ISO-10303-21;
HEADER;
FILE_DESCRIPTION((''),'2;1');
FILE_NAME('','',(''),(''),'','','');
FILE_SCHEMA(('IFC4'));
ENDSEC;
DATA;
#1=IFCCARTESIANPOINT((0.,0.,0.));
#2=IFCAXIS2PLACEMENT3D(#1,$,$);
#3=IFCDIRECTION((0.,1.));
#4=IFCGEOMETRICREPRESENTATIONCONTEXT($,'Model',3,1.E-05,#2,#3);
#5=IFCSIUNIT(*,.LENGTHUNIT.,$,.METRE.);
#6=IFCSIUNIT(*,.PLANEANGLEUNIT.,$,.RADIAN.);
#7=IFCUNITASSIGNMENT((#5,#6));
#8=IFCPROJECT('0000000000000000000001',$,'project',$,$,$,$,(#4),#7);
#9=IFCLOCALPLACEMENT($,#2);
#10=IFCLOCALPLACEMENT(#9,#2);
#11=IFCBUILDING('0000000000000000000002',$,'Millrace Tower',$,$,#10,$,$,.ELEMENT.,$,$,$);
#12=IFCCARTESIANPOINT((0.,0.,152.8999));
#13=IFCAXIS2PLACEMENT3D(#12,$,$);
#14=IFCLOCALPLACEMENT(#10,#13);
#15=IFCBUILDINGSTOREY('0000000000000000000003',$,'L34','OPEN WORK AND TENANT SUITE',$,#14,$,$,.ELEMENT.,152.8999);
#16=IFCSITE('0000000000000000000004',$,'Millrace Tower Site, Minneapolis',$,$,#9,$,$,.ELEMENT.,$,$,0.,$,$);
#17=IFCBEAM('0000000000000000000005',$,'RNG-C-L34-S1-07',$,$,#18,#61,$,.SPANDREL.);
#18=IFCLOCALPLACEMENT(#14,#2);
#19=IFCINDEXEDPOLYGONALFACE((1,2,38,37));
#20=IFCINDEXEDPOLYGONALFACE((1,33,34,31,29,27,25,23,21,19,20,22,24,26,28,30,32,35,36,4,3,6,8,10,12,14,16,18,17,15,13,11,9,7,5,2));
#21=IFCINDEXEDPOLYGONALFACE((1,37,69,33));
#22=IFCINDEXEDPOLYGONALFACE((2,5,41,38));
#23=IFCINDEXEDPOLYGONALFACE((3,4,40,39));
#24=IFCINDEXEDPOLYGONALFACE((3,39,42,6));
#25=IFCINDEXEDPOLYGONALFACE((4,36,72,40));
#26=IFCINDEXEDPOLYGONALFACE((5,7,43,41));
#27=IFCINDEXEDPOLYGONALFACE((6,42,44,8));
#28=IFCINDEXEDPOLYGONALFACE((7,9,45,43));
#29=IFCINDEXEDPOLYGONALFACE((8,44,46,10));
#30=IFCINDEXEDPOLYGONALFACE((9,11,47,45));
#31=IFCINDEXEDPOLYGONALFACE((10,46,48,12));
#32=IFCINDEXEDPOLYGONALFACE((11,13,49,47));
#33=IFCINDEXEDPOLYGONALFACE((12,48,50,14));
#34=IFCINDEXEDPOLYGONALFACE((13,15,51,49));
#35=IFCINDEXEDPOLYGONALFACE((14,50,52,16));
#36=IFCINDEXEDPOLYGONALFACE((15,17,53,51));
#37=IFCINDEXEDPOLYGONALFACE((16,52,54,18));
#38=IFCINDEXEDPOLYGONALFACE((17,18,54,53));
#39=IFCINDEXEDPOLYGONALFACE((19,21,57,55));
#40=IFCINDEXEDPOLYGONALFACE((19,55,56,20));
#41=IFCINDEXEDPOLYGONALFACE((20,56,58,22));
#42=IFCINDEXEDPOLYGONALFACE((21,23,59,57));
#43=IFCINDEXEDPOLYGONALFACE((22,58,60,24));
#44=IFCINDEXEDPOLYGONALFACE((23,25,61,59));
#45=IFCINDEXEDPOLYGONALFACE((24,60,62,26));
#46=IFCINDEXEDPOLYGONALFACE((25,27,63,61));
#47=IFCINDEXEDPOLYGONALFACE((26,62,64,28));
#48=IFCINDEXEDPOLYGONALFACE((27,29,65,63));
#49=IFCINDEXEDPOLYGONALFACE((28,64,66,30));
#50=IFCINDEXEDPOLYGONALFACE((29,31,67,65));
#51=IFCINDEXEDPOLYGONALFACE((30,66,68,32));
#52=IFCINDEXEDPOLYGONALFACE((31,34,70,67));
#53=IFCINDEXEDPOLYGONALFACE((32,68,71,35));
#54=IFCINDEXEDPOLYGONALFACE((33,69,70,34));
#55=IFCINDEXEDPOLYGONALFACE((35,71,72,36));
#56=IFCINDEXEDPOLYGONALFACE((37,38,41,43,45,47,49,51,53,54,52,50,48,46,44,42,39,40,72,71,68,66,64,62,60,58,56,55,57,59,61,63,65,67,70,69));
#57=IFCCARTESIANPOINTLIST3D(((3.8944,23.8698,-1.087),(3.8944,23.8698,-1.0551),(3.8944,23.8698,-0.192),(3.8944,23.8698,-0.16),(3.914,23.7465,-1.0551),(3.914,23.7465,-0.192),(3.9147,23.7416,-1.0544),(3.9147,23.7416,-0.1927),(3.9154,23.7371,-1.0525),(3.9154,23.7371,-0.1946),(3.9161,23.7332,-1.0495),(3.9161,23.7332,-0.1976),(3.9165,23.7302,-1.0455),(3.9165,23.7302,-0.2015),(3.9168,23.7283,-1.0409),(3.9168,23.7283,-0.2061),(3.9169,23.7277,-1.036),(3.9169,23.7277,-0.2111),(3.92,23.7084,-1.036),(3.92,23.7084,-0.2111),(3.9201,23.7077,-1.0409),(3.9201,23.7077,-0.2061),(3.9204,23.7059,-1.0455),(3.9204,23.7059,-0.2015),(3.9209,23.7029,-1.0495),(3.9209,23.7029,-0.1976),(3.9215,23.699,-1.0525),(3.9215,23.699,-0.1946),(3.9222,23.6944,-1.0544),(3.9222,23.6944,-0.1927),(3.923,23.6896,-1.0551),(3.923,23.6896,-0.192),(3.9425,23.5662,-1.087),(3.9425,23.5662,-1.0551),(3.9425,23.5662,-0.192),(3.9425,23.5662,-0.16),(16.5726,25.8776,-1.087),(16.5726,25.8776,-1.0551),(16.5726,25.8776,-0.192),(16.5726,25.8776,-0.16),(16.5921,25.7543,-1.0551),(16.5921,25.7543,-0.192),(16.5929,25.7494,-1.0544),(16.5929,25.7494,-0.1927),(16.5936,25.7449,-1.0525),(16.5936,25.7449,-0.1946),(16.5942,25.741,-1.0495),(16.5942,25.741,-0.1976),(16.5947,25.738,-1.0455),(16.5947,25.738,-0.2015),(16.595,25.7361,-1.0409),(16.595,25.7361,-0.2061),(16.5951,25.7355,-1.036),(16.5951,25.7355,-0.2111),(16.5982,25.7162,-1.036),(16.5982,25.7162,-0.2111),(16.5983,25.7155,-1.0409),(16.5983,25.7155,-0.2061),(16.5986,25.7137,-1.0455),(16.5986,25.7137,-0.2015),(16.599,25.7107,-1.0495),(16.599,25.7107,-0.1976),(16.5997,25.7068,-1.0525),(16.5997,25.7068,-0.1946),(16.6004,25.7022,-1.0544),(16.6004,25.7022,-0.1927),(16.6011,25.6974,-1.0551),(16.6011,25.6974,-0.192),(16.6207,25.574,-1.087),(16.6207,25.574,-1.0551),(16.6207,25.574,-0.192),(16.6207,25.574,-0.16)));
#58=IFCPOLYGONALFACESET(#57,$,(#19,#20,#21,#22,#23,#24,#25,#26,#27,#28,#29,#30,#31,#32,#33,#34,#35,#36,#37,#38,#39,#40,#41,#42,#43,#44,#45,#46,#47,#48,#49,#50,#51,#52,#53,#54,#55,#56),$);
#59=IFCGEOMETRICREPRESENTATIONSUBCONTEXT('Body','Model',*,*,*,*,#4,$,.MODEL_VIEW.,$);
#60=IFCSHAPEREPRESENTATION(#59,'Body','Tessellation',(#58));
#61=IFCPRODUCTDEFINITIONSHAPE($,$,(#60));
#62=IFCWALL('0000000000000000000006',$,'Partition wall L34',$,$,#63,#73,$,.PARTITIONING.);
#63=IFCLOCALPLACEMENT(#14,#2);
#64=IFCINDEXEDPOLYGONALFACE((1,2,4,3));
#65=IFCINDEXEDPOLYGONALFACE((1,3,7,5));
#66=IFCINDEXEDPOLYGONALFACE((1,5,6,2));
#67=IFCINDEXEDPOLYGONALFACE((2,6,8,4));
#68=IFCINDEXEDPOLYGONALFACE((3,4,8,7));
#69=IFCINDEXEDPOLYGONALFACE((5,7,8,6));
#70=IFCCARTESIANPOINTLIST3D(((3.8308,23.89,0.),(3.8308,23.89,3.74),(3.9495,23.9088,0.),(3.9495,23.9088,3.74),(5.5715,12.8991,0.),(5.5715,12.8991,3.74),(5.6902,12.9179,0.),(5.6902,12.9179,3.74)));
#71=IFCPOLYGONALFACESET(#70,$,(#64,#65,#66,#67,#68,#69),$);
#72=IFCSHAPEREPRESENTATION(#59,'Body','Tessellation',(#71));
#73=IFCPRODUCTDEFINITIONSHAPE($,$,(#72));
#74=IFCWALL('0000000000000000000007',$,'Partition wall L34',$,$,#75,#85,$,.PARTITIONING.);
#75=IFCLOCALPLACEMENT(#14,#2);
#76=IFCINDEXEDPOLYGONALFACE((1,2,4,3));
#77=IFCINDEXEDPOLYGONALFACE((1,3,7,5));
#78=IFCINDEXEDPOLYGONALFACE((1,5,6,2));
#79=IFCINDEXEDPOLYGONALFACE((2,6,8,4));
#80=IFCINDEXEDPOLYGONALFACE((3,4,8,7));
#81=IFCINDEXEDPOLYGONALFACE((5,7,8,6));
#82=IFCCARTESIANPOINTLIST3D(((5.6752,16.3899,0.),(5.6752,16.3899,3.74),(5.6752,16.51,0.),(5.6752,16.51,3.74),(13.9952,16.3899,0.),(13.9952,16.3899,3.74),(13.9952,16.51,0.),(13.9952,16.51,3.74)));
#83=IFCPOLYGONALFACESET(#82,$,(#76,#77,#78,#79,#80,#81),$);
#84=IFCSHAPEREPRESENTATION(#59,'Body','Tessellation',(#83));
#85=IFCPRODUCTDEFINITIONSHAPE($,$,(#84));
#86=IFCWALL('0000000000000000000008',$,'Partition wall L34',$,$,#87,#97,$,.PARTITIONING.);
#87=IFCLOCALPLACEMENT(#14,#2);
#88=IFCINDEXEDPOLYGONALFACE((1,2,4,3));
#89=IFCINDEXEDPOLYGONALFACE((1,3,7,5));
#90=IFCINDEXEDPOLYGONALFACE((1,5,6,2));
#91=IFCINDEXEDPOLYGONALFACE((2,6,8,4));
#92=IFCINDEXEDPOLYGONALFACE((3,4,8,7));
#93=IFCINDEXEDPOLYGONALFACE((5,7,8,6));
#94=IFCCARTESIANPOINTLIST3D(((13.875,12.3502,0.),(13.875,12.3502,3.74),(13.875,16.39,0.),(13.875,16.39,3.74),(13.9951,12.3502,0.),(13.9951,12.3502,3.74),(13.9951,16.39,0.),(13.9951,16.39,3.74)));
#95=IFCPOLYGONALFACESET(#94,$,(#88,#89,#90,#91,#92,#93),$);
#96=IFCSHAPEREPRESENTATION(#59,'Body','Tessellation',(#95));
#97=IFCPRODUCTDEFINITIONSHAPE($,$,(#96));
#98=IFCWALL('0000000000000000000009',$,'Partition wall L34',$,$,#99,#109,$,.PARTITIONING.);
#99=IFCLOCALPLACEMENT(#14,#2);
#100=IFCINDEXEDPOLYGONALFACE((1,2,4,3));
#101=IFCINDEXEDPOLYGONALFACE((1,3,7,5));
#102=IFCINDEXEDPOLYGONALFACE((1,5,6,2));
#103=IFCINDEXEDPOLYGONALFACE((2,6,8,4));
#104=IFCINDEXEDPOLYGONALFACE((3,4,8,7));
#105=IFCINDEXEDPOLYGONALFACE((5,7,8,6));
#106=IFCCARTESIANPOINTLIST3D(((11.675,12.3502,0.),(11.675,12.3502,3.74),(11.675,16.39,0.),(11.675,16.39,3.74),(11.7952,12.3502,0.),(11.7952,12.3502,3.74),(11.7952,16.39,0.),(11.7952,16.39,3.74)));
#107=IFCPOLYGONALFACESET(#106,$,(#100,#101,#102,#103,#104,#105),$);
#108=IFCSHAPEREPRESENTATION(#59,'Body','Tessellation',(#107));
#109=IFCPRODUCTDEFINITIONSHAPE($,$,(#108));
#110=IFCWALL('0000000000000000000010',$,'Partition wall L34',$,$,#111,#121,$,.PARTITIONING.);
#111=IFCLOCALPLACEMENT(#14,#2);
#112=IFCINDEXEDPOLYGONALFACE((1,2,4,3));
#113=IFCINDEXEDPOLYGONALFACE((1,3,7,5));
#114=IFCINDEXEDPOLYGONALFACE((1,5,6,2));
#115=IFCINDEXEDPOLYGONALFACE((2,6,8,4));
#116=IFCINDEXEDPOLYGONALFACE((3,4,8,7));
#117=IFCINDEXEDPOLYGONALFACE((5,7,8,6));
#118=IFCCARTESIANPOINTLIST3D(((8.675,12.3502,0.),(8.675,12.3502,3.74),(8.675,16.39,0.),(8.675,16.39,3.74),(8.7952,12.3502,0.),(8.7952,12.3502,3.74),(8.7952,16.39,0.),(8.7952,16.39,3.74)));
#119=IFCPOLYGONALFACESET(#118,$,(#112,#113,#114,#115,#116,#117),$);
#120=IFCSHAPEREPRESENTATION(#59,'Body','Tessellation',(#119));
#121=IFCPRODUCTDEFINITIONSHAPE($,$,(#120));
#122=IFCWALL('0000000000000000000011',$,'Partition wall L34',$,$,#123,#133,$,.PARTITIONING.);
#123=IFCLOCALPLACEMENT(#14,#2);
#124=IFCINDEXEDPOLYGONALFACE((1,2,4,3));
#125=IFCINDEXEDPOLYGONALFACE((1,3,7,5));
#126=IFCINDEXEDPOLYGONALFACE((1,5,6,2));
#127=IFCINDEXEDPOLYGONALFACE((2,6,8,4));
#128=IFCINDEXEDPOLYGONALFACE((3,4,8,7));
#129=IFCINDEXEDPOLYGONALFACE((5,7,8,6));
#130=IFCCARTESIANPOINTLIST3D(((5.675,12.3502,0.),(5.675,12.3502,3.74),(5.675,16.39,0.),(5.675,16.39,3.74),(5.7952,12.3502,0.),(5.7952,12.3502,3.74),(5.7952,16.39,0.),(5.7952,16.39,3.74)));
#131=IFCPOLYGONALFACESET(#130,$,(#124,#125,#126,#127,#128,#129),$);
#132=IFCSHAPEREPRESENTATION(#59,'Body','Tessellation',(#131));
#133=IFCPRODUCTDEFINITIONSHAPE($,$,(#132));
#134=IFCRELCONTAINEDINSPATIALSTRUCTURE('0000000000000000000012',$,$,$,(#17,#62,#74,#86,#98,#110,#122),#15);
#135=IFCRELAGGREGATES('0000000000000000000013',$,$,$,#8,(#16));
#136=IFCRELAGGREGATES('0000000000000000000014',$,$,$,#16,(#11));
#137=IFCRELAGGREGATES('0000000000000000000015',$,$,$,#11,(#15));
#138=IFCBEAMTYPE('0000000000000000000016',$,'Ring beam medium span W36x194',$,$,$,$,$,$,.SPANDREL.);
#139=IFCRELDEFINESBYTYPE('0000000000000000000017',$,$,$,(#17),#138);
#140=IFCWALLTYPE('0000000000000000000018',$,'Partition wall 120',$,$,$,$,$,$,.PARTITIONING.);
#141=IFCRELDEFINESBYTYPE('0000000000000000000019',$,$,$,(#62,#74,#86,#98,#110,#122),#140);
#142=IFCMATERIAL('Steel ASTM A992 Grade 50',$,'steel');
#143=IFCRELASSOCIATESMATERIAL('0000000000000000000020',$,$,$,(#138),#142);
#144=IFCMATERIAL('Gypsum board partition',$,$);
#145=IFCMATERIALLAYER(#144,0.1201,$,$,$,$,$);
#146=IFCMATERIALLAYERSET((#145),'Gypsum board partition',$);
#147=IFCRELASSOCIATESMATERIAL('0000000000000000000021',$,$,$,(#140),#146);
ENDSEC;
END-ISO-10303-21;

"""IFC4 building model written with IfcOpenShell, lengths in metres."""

from ifc_helpers import new_model, si_unit, direction, frame, frame_2d, origin, origin_2d, place, context, subcontext, project, spatial, rectangle, i_section, extrude, material, layer, layer_set, material_profile, profile_set, type_object, element, save


model = new_model("IFC4")

# Units and contexts
model_context = context("Model", 3, precision=1e-05, world=origin(), true_north=direction((0.0, 1.0)))
body_context = subcontext(model_context, "Body", "Model", "MODEL_VIEW")
ifc_project = project(units=[si_unit("LENGTHUNIT", "METRE"), si_unit("PLANEANGLEUNIT", "RADIAN")], contexts=[model_context])

# Site, building, storey
site_placement = place(None, origin())
site = spatial("IfcSite", under=ifc_project, at=site_placement, Name="Millrace Tower Site, Minneapolis", CompositionType="ELEMENT", RefElevation=0.0)
building_placement = place(site_placement, origin())
building = spatial("IfcBuilding", under=site, at=building_placement, Name="Millrace Tower", CompositionType="ELEMENT")
storey_placement = place(building_placement, frame((0.0, 0.0, 152.8999)))
storey = spatial("IfcBuildingStorey", under=building, at=storey_placement, Name="L34", Description="OPEN WORK AND TENANT SUITE", CompositionType="ELEMENT", Elevation=152.8999)

# Beam
ifc_material_1 = material(Name="Steel ASTM A992 Grade 50", Category="steel")
ifc_material_profile_1 = material_profile(ifc_material_1, i_section(OverallWidth=0.3074, OverallDepth=0.927, WebThickness=0.0195, FlangeThickness=0.032, FilletRadius=0.019, at=origin_2d()))
ifc_profile_set_1 = profile_set([ifc_material_profile_1], Name="Steel ASTM A992 Grade 50")
beam_type_1 = type_object("IfcBeamType", Name="Ring beam medium span W36x194", PredefinedType="SPANDREL", material=ifc_profile_set_1)
beam_1_placement = place(storey_placement, frame((3.9185, 23.718, -0.6235), z_axis=(0.987691, 0.156418, 0.0), x_axis=(-0.156418, 0.987691, 0.0)))
element("IfcBeam", 1, at=beam_1_placement, inside=storey, type_object=beam_type_1, Name="RNG-C-L34-S1-07", PredefinedType="SPANDREL", context=body_context, shape_type="SweptSolid", body=[
    extrude(i_section(OverallWidth=0.3074, OverallDepth=0.927, WebThickness=0.0195, FlangeThickness=0.032, FilletRadius=0.019, at=origin_2d()), origin(), (0.0, 0.0, 1.0), 12.8362),
])

# Walls
ifc_material_2 = material(Name="Gypsum board partition")
ifc_layer_1 = layer(ifc_material_2, 0.1201)
ifc_layer_set_1 = layer_set([ifc_layer_1], Name="Gypsum board partition")
wall_type = type_object("IfcWallType", Name="Partition wall 120", PredefinedType="PARTITIONING", material=ifc_layer_set_1)
wall_1_placement = place(storey_placement, frame((3.8901, 23.8994, 0.0), z_axis=(0.0, 0.0, 1.0), x_axis=(0.156428, -0.987689, 0.0)))
element("IfcWall", 2, at=wall_1_placement, inside=storey, type_object=wall_type, Name="Partition wall L34", PredefinedType="PARTITIONING", context=body_context, shape_type="SweptSolid", body=[
    extrude(rectangle(XDim=11.1279, YDim=0.1201, at=frame_2d((5.564, 0.0))), origin(), (0.0, 0.0, 1.0), 3.74),
])
wall_2_placement = place(storey_placement, frame((5.675, 16.45, 0.0), z_axis=(0.0, 0.0, 1.0), x_axis=(1.0, 0.0, 0.0)))
element("IfcWall", 3, at=wall_2_placement, inside=storey, type_object=wall_type, Name="Partition wall L34", PredefinedType="PARTITIONING", context=body_context, shape_type="SweptSolid", body=[
    extrude(rectangle(XDim=8.3201, YDim=0.1201, at=frame_2d((4.1602, 0.0))), origin(), (0.0, 0.0, 1.0), 3.74),
])
for number, where, z_axis, x_axis, name in (
    (4, (13.9351, 12.3501, 0.0), (0.0, 0.0, 1.0), (0.0, 1.0, 0.0), "Partition wall L34"),
    (5, (11.7351, 12.3501, 0.0), (0.0, 0.0, 1.0), (0.0, 1.0, 0.0), "Partition wall L34"),
    (6, (8.7351, 12.3501, 0.0), (0.0, 0.0, 1.0), (0.0, 1.0, 0.0), "Partition wall L34"),
    (7, (5.7351, 12.3501, 0.0), (0.0, 0.0, 1.0), (0.0, 1.0, 0.0), "Partition wall L34"),
):
    element("IfcWall", number, at=place(storey_placement, frame(where, z_axis=z_axis, x_axis=x_axis)), inside=storey, type_object=wall_type, Name=name, PredefinedType="PARTITIONING", context=body_context, shape_type="SweptSolid", body=[
        extrude(rectangle(XDim=4.0398, YDim=0.1201, at=frame_2d((2.02, 0.0))), origin(), (0.0, 0.0, 1.0), 3.74),
    ])

save(model, "model.ifc")
